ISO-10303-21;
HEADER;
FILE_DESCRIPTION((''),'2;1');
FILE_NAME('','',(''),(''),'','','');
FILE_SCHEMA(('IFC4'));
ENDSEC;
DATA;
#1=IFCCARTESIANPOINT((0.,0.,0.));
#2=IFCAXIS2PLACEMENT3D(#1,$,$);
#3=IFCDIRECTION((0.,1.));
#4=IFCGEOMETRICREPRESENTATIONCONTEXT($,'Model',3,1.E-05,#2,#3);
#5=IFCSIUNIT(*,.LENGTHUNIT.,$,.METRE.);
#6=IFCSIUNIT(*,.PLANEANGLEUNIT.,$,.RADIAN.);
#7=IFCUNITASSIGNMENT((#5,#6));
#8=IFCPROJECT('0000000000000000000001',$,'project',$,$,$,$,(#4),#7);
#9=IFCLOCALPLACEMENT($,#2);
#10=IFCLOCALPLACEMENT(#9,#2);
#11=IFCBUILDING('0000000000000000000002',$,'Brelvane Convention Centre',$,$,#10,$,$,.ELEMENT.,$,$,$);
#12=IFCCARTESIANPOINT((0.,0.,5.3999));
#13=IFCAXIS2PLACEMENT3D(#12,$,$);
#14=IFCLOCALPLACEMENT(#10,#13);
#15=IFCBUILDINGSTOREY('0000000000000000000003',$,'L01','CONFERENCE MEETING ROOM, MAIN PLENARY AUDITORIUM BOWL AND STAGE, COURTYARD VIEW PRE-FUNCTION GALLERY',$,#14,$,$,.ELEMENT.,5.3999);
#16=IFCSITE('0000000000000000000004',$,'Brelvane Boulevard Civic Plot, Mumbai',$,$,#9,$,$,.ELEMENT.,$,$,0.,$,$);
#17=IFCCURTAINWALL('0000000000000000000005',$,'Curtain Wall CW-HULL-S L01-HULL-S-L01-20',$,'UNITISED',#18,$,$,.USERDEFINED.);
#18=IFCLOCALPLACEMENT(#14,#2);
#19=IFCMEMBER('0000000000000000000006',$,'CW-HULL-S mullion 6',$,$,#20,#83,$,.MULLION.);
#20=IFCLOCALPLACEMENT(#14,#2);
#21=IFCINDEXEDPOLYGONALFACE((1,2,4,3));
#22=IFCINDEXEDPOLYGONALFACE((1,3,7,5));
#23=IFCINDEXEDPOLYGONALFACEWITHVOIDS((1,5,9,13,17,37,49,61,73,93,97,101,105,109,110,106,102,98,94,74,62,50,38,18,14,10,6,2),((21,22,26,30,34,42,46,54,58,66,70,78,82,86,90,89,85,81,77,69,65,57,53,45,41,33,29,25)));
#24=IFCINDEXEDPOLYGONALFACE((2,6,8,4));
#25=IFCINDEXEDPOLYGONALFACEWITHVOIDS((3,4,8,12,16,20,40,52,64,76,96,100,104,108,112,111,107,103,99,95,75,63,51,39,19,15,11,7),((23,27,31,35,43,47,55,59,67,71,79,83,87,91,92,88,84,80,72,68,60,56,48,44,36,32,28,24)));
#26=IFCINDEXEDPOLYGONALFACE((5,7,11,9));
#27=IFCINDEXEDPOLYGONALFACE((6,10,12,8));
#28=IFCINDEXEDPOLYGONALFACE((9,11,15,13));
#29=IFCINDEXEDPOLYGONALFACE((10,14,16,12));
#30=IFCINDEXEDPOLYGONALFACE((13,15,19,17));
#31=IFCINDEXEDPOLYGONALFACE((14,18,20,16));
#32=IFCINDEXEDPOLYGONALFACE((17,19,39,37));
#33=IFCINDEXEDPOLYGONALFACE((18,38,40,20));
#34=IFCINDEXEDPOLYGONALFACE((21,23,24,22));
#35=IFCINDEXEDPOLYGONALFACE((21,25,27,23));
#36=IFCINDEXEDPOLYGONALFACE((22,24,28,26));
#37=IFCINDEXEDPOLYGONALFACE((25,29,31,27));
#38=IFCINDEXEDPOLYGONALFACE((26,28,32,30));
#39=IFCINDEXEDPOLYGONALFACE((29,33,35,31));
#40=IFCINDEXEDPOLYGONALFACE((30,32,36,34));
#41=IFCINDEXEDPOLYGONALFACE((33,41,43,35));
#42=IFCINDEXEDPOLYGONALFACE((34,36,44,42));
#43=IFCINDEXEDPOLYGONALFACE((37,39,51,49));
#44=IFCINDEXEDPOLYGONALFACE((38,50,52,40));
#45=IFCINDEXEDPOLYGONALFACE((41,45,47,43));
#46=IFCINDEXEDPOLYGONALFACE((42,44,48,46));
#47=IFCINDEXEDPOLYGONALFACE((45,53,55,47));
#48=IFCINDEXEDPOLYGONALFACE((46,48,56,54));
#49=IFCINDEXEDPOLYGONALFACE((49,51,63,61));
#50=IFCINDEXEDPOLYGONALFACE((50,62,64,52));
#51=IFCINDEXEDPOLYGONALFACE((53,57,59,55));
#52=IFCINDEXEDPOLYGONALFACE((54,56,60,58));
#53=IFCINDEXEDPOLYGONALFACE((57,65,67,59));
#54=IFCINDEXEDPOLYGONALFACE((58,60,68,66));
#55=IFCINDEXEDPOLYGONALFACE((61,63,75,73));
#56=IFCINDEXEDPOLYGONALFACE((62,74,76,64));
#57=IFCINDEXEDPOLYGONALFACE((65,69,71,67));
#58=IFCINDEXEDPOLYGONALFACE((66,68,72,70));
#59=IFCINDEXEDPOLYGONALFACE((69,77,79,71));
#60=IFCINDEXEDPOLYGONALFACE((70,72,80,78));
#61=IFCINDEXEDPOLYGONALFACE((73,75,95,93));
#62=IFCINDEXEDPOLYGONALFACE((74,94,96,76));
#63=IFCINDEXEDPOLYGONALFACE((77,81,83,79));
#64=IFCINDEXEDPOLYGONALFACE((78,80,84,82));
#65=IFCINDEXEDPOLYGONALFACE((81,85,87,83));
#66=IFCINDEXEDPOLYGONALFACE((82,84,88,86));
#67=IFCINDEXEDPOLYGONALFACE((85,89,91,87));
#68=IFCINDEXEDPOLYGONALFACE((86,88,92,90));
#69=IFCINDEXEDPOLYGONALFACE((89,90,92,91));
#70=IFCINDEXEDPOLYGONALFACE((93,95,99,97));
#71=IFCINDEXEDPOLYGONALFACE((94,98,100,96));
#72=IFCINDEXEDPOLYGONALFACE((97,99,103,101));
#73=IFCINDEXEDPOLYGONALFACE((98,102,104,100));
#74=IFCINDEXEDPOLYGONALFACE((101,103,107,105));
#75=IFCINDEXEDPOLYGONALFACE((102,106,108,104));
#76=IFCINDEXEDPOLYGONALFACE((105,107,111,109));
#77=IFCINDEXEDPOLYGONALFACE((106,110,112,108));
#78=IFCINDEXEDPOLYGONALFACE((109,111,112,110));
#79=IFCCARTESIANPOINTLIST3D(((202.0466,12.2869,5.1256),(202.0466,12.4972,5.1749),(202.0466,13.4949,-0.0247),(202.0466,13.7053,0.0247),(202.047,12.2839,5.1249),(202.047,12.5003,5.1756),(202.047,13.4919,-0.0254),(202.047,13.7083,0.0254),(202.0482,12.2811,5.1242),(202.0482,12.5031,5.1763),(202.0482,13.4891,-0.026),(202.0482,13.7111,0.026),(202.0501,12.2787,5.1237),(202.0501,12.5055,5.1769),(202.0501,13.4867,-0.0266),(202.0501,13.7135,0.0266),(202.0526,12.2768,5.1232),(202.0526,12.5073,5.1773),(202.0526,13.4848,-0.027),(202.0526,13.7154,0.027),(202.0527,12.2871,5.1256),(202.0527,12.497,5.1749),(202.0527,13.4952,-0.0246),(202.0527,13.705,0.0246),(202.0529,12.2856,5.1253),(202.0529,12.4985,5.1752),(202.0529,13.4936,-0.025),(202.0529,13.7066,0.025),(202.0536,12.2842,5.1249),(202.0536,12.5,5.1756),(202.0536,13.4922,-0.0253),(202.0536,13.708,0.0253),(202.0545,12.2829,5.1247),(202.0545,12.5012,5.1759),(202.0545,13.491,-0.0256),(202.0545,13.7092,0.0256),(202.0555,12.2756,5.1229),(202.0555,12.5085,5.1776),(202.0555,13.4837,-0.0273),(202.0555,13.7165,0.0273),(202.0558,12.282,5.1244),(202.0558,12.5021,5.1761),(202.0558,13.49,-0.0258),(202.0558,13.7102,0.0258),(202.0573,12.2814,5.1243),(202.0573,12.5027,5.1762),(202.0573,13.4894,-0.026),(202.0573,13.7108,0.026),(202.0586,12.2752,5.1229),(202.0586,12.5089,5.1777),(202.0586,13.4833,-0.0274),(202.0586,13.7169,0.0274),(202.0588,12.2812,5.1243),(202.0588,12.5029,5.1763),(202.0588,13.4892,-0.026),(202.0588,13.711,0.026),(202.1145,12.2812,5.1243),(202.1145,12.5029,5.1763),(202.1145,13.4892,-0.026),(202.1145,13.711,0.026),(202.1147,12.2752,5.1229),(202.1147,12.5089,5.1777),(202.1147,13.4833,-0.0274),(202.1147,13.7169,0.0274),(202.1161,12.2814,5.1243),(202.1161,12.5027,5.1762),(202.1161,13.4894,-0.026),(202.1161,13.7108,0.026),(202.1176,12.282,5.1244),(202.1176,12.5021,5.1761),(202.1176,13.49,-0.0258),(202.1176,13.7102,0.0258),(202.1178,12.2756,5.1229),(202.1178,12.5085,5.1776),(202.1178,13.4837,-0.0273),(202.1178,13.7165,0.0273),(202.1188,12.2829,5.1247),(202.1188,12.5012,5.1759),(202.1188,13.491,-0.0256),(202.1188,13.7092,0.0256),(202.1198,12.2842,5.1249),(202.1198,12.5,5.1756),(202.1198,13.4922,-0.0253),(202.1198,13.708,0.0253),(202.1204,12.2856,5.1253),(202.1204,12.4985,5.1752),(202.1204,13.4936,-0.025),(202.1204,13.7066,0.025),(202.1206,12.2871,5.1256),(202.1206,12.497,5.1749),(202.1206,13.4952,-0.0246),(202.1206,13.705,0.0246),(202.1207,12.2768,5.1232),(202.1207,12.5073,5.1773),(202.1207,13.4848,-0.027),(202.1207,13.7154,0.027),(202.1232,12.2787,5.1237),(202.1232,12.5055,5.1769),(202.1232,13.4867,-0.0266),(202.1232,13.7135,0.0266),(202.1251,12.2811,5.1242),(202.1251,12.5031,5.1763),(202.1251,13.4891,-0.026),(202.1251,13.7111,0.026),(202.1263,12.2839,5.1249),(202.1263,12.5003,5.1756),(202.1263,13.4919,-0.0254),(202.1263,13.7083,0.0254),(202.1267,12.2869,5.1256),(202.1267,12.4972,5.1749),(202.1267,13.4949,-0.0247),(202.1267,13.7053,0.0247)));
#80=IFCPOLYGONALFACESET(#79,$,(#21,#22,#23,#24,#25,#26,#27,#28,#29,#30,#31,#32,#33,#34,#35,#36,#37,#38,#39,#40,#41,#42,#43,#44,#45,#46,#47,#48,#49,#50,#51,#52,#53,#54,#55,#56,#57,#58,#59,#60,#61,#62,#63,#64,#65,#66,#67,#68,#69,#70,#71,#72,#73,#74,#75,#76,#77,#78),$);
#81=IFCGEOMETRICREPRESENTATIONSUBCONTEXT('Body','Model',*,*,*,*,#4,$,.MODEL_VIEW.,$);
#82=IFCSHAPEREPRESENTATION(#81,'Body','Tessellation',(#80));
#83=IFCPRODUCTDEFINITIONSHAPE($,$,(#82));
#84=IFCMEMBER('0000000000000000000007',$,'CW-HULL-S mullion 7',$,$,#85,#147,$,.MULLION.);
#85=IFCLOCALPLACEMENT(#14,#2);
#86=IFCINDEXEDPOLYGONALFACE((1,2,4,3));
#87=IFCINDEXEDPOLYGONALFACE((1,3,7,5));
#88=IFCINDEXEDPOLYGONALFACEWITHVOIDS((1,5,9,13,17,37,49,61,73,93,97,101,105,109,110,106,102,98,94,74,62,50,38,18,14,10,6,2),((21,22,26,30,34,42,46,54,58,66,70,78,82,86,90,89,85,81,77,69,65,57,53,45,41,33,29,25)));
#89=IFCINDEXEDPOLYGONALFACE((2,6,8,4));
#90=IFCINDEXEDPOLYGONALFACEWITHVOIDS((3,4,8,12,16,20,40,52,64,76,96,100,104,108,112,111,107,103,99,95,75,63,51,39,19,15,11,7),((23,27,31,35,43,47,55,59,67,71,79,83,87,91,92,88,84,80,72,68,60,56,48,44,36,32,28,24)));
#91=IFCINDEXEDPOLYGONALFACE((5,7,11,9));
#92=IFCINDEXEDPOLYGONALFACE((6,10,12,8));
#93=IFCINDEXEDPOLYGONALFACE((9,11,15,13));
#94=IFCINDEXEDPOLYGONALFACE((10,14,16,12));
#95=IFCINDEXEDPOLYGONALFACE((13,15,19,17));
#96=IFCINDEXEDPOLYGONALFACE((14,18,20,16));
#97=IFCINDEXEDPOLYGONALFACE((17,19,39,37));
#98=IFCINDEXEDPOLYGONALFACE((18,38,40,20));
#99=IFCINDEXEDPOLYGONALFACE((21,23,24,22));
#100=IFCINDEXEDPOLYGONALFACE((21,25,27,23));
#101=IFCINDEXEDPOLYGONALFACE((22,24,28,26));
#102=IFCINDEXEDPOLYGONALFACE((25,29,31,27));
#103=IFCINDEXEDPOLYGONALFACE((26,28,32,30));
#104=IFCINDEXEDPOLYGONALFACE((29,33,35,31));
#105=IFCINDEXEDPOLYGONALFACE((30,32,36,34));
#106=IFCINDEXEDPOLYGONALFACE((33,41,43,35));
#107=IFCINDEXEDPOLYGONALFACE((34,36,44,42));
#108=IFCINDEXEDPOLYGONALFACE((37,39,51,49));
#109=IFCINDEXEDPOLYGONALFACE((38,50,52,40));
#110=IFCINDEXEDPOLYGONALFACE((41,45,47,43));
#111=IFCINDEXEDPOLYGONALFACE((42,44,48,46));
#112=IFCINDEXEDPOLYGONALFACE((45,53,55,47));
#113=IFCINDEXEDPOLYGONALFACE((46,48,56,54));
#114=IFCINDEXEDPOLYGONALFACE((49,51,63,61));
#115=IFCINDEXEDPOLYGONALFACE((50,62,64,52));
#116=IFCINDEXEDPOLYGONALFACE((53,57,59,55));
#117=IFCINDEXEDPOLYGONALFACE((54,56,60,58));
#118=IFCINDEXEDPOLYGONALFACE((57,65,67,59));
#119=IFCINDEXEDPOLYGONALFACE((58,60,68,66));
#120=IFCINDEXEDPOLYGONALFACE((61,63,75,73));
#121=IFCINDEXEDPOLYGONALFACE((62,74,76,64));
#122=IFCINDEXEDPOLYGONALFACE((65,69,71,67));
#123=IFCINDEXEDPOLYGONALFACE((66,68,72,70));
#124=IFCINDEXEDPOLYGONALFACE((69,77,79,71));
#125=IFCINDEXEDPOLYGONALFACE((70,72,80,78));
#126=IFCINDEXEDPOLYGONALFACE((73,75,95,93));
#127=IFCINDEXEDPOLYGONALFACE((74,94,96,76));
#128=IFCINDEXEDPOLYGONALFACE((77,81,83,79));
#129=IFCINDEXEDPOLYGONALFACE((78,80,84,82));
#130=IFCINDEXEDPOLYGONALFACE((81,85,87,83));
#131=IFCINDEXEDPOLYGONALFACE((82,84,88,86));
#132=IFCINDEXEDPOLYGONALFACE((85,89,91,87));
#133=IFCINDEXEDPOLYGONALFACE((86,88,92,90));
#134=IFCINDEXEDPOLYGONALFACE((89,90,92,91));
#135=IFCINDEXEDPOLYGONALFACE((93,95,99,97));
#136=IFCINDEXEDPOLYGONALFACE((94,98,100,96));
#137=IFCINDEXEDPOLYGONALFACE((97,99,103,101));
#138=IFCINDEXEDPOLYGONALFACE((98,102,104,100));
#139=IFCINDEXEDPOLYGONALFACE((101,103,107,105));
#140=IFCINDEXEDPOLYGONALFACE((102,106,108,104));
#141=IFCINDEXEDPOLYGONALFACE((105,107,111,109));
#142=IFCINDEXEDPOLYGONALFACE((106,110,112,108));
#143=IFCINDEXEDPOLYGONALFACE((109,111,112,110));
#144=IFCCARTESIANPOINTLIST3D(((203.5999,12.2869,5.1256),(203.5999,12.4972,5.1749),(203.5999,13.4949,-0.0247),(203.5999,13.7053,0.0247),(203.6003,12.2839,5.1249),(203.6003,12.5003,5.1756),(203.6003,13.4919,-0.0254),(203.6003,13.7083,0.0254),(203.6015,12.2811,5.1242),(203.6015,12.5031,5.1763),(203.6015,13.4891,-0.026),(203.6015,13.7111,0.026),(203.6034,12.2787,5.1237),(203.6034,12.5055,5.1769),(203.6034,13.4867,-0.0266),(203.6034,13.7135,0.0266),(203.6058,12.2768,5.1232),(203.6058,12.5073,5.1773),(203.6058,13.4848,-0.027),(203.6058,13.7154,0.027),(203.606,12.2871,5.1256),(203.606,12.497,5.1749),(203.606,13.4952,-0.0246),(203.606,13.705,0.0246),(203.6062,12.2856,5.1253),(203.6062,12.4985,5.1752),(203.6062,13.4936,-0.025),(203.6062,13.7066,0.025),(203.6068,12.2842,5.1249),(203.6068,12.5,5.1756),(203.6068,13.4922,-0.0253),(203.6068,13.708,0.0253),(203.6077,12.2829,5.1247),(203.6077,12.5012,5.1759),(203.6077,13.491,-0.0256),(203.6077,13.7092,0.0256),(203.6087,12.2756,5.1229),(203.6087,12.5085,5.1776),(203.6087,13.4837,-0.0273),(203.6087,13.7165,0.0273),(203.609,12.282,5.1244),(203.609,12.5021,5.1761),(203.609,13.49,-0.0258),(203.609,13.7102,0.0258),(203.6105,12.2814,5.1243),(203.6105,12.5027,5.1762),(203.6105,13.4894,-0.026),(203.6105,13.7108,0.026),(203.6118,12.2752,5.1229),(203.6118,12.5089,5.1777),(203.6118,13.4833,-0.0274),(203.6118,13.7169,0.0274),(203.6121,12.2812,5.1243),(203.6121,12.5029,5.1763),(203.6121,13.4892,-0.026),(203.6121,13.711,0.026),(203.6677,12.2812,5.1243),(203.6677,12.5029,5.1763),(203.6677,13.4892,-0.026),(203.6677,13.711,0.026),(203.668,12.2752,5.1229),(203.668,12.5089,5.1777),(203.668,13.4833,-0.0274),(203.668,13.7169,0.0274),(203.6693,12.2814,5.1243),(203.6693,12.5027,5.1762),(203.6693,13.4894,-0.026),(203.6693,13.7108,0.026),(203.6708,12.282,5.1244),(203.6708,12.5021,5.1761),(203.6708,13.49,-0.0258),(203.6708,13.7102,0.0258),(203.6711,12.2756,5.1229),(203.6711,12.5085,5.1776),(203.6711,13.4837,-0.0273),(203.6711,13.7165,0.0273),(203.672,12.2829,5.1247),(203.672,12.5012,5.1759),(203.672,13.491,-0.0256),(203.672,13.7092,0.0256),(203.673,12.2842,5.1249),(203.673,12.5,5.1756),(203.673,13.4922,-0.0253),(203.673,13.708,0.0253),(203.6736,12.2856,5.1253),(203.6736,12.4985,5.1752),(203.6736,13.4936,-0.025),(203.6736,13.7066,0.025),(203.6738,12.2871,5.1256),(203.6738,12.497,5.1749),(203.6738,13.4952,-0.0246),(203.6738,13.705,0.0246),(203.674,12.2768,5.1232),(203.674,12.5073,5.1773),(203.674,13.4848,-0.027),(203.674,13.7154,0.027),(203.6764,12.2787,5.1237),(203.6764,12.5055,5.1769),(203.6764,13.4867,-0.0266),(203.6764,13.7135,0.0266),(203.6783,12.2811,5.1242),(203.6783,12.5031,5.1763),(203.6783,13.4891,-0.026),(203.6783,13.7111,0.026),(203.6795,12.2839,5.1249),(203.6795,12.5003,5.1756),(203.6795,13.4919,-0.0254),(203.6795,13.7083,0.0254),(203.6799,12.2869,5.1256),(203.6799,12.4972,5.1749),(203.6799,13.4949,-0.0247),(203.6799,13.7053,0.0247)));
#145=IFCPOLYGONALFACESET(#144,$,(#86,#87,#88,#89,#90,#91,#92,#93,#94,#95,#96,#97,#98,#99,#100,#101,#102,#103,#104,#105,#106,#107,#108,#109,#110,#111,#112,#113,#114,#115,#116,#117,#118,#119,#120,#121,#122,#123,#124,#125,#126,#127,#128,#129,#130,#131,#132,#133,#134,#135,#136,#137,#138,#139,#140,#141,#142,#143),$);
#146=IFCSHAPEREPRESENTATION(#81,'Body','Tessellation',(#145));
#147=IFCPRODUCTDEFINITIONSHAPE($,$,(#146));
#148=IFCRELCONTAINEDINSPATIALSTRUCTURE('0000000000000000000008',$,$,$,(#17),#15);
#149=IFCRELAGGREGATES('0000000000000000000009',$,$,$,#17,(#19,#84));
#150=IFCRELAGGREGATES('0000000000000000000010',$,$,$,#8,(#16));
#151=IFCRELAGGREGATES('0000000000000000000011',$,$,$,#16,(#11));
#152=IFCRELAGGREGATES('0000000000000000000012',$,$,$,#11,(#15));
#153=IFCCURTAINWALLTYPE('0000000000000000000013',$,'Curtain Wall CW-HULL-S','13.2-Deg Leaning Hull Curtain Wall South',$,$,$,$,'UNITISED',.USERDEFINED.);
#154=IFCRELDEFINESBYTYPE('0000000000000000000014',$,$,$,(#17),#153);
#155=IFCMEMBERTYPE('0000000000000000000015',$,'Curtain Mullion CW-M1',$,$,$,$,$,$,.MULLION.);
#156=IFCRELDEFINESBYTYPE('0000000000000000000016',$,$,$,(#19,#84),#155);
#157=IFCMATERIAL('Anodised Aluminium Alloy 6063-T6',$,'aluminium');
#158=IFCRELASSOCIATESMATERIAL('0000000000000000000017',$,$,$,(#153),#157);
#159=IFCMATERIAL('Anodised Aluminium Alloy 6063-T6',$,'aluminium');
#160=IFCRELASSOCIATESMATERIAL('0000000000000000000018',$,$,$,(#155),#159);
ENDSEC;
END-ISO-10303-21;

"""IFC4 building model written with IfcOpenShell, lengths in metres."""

from ifc_helpers import new_model, si_unit, direction, frame, origin, origin_2d, place, context, subcontext, project, spatial, hollow_rectangle, extrude, material, material_profile, profile_set, type_object, element, aggregate, save


model = new_model("IFC4")

# Units and contexts
model_context = context("Model", 3, precision=1e-05, world=origin(), true_north=direction((0.0, 1.0)))
body_context = subcontext(model_context, "Body", "Model", "MODEL_VIEW")
ifc_project = project(units=[si_unit("LENGTHUNIT", "METRE"), si_unit("PLANEANGLEUNIT", "RADIAN")], contexts=[model_context])

# Site, building, storey
site_placement = place(None, origin())
site = spatial("IfcSite", under=ifc_project, at=site_placement, Name="Brelvane Boulevard Civic Plot, Mumbai", CompositionType="ELEMENT", RefElevation=0.0)
building_placement = place(site_placement, origin())
building = spatial("IfcBuilding", under=site, at=building_placement, Name="Brelvane Convention Centre", CompositionType="ELEMENT")
storey_placement = place(building_placement, frame((0.0, 0.0, 5.3999)))
storey = spatial("IfcBuildingStorey", under=building, at=storey_placement, Name="L01", Description="CONFERENCE MEETING ROOM, MAIN PLENARY AUDITORIUM BOWL AND STAGE, COURTYARD VIEW PRE-FUNCTION GALLERY", CompositionType="ELEMENT", Elevation=5.3999)

# Curtain wall, members
ifc_material_1 = material(Name="Anodised Aluminium Alloy 6063-T6", Category="aluminium")
curtain_wall_type = type_object("IfcCurtainWallType", Name="Curtain Wall CW-HULL-S", Description="13.2-Deg Leaning Hull Curtain Wall South", ElementType="UNITISED", PredefinedType="USERDEFINED", material=ifc_material_1)
curtain_wall_1_placement = place(storey_placement, origin())
curtain_wall_1 = element("IfcCurtainWall", 1, at=curtain_wall_1_placement, inside=storey, type_object=curtain_wall_type, Name="Curtain Wall CW-HULL-S L01-HULL-S-L01-20", ObjectType="UNITISED", PredefinedType="USERDEFINED")
ifc_material_2 = material(Name="Anodised Aluminium Alloy 6063-T6", Category="aluminium")
ifc_material_profile_1 = material_profile(ifc_material_2, hollow_rectangle(XDim=0.0801, YDim=0.24, WallThickness=0.0061, InnerFilletRadius=0.0061, OuterFilletRadius=0.012, at=origin_2d()), Name="ALU-M 240x80x6.0")
ifc_profile_set_1 = profile_set([ifc_material_profile_1], Name="Anodised Aluminium Alloy 6063-T6")
member_type_1 = type_object("IfcMemberType", Name="Curtain Mullion CW-M1", PredefinedType="MULLION", material=ifc_profile_set_1)
member_1_placement = place(storey_placement, frame((202.0867, 13.6001, 0.0), z_axis=(0.0, -0.22836, 0.973577), x_axis=(1.0, 0.0, 0.0)))
member_1 = element("IfcMember", 2, at=member_1_placement, type_object=member_type_1, Name="CW-HULL-S mullion 6", PredefinedType="MULLION", context=body_context, shape_type="SweptSolid", body=[
    extrude(hollow_rectangle(XDim=0.0801, YDim=0.24, WallThickness=0.0061, InnerFilletRadius=0.0061, OuterFilletRadius=0.012, at=origin_2d()), origin(), (0.0, 0.0, 1.0), 5.29),
])
member_2_placement = place(storey_placement, frame((203.6399, 13.6001, 0.0), z_axis=(0.0, -0.22836, 0.973577), x_axis=(1.0, 0.0, 0.0)))
member_2 = element("IfcMember", 3, at=member_2_placement, type_object=member_type_1, Name="CW-HULL-S mullion 7", PredefinedType="MULLION", context=body_context, shape_type="SweptSolid", body=[
    extrude(hollow_rectangle(XDim=0.0801, YDim=0.24, WallThickness=0.0061, InnerFilletRadius=0.0061, OuterFilletRadius=0.012, at=origin_2d()), origin(), (0.0, 0.0, 1.0), 5.29),
])

aggregate(curtain_wall_1, [member_1, member_2])

save(model, "model.ifc")
